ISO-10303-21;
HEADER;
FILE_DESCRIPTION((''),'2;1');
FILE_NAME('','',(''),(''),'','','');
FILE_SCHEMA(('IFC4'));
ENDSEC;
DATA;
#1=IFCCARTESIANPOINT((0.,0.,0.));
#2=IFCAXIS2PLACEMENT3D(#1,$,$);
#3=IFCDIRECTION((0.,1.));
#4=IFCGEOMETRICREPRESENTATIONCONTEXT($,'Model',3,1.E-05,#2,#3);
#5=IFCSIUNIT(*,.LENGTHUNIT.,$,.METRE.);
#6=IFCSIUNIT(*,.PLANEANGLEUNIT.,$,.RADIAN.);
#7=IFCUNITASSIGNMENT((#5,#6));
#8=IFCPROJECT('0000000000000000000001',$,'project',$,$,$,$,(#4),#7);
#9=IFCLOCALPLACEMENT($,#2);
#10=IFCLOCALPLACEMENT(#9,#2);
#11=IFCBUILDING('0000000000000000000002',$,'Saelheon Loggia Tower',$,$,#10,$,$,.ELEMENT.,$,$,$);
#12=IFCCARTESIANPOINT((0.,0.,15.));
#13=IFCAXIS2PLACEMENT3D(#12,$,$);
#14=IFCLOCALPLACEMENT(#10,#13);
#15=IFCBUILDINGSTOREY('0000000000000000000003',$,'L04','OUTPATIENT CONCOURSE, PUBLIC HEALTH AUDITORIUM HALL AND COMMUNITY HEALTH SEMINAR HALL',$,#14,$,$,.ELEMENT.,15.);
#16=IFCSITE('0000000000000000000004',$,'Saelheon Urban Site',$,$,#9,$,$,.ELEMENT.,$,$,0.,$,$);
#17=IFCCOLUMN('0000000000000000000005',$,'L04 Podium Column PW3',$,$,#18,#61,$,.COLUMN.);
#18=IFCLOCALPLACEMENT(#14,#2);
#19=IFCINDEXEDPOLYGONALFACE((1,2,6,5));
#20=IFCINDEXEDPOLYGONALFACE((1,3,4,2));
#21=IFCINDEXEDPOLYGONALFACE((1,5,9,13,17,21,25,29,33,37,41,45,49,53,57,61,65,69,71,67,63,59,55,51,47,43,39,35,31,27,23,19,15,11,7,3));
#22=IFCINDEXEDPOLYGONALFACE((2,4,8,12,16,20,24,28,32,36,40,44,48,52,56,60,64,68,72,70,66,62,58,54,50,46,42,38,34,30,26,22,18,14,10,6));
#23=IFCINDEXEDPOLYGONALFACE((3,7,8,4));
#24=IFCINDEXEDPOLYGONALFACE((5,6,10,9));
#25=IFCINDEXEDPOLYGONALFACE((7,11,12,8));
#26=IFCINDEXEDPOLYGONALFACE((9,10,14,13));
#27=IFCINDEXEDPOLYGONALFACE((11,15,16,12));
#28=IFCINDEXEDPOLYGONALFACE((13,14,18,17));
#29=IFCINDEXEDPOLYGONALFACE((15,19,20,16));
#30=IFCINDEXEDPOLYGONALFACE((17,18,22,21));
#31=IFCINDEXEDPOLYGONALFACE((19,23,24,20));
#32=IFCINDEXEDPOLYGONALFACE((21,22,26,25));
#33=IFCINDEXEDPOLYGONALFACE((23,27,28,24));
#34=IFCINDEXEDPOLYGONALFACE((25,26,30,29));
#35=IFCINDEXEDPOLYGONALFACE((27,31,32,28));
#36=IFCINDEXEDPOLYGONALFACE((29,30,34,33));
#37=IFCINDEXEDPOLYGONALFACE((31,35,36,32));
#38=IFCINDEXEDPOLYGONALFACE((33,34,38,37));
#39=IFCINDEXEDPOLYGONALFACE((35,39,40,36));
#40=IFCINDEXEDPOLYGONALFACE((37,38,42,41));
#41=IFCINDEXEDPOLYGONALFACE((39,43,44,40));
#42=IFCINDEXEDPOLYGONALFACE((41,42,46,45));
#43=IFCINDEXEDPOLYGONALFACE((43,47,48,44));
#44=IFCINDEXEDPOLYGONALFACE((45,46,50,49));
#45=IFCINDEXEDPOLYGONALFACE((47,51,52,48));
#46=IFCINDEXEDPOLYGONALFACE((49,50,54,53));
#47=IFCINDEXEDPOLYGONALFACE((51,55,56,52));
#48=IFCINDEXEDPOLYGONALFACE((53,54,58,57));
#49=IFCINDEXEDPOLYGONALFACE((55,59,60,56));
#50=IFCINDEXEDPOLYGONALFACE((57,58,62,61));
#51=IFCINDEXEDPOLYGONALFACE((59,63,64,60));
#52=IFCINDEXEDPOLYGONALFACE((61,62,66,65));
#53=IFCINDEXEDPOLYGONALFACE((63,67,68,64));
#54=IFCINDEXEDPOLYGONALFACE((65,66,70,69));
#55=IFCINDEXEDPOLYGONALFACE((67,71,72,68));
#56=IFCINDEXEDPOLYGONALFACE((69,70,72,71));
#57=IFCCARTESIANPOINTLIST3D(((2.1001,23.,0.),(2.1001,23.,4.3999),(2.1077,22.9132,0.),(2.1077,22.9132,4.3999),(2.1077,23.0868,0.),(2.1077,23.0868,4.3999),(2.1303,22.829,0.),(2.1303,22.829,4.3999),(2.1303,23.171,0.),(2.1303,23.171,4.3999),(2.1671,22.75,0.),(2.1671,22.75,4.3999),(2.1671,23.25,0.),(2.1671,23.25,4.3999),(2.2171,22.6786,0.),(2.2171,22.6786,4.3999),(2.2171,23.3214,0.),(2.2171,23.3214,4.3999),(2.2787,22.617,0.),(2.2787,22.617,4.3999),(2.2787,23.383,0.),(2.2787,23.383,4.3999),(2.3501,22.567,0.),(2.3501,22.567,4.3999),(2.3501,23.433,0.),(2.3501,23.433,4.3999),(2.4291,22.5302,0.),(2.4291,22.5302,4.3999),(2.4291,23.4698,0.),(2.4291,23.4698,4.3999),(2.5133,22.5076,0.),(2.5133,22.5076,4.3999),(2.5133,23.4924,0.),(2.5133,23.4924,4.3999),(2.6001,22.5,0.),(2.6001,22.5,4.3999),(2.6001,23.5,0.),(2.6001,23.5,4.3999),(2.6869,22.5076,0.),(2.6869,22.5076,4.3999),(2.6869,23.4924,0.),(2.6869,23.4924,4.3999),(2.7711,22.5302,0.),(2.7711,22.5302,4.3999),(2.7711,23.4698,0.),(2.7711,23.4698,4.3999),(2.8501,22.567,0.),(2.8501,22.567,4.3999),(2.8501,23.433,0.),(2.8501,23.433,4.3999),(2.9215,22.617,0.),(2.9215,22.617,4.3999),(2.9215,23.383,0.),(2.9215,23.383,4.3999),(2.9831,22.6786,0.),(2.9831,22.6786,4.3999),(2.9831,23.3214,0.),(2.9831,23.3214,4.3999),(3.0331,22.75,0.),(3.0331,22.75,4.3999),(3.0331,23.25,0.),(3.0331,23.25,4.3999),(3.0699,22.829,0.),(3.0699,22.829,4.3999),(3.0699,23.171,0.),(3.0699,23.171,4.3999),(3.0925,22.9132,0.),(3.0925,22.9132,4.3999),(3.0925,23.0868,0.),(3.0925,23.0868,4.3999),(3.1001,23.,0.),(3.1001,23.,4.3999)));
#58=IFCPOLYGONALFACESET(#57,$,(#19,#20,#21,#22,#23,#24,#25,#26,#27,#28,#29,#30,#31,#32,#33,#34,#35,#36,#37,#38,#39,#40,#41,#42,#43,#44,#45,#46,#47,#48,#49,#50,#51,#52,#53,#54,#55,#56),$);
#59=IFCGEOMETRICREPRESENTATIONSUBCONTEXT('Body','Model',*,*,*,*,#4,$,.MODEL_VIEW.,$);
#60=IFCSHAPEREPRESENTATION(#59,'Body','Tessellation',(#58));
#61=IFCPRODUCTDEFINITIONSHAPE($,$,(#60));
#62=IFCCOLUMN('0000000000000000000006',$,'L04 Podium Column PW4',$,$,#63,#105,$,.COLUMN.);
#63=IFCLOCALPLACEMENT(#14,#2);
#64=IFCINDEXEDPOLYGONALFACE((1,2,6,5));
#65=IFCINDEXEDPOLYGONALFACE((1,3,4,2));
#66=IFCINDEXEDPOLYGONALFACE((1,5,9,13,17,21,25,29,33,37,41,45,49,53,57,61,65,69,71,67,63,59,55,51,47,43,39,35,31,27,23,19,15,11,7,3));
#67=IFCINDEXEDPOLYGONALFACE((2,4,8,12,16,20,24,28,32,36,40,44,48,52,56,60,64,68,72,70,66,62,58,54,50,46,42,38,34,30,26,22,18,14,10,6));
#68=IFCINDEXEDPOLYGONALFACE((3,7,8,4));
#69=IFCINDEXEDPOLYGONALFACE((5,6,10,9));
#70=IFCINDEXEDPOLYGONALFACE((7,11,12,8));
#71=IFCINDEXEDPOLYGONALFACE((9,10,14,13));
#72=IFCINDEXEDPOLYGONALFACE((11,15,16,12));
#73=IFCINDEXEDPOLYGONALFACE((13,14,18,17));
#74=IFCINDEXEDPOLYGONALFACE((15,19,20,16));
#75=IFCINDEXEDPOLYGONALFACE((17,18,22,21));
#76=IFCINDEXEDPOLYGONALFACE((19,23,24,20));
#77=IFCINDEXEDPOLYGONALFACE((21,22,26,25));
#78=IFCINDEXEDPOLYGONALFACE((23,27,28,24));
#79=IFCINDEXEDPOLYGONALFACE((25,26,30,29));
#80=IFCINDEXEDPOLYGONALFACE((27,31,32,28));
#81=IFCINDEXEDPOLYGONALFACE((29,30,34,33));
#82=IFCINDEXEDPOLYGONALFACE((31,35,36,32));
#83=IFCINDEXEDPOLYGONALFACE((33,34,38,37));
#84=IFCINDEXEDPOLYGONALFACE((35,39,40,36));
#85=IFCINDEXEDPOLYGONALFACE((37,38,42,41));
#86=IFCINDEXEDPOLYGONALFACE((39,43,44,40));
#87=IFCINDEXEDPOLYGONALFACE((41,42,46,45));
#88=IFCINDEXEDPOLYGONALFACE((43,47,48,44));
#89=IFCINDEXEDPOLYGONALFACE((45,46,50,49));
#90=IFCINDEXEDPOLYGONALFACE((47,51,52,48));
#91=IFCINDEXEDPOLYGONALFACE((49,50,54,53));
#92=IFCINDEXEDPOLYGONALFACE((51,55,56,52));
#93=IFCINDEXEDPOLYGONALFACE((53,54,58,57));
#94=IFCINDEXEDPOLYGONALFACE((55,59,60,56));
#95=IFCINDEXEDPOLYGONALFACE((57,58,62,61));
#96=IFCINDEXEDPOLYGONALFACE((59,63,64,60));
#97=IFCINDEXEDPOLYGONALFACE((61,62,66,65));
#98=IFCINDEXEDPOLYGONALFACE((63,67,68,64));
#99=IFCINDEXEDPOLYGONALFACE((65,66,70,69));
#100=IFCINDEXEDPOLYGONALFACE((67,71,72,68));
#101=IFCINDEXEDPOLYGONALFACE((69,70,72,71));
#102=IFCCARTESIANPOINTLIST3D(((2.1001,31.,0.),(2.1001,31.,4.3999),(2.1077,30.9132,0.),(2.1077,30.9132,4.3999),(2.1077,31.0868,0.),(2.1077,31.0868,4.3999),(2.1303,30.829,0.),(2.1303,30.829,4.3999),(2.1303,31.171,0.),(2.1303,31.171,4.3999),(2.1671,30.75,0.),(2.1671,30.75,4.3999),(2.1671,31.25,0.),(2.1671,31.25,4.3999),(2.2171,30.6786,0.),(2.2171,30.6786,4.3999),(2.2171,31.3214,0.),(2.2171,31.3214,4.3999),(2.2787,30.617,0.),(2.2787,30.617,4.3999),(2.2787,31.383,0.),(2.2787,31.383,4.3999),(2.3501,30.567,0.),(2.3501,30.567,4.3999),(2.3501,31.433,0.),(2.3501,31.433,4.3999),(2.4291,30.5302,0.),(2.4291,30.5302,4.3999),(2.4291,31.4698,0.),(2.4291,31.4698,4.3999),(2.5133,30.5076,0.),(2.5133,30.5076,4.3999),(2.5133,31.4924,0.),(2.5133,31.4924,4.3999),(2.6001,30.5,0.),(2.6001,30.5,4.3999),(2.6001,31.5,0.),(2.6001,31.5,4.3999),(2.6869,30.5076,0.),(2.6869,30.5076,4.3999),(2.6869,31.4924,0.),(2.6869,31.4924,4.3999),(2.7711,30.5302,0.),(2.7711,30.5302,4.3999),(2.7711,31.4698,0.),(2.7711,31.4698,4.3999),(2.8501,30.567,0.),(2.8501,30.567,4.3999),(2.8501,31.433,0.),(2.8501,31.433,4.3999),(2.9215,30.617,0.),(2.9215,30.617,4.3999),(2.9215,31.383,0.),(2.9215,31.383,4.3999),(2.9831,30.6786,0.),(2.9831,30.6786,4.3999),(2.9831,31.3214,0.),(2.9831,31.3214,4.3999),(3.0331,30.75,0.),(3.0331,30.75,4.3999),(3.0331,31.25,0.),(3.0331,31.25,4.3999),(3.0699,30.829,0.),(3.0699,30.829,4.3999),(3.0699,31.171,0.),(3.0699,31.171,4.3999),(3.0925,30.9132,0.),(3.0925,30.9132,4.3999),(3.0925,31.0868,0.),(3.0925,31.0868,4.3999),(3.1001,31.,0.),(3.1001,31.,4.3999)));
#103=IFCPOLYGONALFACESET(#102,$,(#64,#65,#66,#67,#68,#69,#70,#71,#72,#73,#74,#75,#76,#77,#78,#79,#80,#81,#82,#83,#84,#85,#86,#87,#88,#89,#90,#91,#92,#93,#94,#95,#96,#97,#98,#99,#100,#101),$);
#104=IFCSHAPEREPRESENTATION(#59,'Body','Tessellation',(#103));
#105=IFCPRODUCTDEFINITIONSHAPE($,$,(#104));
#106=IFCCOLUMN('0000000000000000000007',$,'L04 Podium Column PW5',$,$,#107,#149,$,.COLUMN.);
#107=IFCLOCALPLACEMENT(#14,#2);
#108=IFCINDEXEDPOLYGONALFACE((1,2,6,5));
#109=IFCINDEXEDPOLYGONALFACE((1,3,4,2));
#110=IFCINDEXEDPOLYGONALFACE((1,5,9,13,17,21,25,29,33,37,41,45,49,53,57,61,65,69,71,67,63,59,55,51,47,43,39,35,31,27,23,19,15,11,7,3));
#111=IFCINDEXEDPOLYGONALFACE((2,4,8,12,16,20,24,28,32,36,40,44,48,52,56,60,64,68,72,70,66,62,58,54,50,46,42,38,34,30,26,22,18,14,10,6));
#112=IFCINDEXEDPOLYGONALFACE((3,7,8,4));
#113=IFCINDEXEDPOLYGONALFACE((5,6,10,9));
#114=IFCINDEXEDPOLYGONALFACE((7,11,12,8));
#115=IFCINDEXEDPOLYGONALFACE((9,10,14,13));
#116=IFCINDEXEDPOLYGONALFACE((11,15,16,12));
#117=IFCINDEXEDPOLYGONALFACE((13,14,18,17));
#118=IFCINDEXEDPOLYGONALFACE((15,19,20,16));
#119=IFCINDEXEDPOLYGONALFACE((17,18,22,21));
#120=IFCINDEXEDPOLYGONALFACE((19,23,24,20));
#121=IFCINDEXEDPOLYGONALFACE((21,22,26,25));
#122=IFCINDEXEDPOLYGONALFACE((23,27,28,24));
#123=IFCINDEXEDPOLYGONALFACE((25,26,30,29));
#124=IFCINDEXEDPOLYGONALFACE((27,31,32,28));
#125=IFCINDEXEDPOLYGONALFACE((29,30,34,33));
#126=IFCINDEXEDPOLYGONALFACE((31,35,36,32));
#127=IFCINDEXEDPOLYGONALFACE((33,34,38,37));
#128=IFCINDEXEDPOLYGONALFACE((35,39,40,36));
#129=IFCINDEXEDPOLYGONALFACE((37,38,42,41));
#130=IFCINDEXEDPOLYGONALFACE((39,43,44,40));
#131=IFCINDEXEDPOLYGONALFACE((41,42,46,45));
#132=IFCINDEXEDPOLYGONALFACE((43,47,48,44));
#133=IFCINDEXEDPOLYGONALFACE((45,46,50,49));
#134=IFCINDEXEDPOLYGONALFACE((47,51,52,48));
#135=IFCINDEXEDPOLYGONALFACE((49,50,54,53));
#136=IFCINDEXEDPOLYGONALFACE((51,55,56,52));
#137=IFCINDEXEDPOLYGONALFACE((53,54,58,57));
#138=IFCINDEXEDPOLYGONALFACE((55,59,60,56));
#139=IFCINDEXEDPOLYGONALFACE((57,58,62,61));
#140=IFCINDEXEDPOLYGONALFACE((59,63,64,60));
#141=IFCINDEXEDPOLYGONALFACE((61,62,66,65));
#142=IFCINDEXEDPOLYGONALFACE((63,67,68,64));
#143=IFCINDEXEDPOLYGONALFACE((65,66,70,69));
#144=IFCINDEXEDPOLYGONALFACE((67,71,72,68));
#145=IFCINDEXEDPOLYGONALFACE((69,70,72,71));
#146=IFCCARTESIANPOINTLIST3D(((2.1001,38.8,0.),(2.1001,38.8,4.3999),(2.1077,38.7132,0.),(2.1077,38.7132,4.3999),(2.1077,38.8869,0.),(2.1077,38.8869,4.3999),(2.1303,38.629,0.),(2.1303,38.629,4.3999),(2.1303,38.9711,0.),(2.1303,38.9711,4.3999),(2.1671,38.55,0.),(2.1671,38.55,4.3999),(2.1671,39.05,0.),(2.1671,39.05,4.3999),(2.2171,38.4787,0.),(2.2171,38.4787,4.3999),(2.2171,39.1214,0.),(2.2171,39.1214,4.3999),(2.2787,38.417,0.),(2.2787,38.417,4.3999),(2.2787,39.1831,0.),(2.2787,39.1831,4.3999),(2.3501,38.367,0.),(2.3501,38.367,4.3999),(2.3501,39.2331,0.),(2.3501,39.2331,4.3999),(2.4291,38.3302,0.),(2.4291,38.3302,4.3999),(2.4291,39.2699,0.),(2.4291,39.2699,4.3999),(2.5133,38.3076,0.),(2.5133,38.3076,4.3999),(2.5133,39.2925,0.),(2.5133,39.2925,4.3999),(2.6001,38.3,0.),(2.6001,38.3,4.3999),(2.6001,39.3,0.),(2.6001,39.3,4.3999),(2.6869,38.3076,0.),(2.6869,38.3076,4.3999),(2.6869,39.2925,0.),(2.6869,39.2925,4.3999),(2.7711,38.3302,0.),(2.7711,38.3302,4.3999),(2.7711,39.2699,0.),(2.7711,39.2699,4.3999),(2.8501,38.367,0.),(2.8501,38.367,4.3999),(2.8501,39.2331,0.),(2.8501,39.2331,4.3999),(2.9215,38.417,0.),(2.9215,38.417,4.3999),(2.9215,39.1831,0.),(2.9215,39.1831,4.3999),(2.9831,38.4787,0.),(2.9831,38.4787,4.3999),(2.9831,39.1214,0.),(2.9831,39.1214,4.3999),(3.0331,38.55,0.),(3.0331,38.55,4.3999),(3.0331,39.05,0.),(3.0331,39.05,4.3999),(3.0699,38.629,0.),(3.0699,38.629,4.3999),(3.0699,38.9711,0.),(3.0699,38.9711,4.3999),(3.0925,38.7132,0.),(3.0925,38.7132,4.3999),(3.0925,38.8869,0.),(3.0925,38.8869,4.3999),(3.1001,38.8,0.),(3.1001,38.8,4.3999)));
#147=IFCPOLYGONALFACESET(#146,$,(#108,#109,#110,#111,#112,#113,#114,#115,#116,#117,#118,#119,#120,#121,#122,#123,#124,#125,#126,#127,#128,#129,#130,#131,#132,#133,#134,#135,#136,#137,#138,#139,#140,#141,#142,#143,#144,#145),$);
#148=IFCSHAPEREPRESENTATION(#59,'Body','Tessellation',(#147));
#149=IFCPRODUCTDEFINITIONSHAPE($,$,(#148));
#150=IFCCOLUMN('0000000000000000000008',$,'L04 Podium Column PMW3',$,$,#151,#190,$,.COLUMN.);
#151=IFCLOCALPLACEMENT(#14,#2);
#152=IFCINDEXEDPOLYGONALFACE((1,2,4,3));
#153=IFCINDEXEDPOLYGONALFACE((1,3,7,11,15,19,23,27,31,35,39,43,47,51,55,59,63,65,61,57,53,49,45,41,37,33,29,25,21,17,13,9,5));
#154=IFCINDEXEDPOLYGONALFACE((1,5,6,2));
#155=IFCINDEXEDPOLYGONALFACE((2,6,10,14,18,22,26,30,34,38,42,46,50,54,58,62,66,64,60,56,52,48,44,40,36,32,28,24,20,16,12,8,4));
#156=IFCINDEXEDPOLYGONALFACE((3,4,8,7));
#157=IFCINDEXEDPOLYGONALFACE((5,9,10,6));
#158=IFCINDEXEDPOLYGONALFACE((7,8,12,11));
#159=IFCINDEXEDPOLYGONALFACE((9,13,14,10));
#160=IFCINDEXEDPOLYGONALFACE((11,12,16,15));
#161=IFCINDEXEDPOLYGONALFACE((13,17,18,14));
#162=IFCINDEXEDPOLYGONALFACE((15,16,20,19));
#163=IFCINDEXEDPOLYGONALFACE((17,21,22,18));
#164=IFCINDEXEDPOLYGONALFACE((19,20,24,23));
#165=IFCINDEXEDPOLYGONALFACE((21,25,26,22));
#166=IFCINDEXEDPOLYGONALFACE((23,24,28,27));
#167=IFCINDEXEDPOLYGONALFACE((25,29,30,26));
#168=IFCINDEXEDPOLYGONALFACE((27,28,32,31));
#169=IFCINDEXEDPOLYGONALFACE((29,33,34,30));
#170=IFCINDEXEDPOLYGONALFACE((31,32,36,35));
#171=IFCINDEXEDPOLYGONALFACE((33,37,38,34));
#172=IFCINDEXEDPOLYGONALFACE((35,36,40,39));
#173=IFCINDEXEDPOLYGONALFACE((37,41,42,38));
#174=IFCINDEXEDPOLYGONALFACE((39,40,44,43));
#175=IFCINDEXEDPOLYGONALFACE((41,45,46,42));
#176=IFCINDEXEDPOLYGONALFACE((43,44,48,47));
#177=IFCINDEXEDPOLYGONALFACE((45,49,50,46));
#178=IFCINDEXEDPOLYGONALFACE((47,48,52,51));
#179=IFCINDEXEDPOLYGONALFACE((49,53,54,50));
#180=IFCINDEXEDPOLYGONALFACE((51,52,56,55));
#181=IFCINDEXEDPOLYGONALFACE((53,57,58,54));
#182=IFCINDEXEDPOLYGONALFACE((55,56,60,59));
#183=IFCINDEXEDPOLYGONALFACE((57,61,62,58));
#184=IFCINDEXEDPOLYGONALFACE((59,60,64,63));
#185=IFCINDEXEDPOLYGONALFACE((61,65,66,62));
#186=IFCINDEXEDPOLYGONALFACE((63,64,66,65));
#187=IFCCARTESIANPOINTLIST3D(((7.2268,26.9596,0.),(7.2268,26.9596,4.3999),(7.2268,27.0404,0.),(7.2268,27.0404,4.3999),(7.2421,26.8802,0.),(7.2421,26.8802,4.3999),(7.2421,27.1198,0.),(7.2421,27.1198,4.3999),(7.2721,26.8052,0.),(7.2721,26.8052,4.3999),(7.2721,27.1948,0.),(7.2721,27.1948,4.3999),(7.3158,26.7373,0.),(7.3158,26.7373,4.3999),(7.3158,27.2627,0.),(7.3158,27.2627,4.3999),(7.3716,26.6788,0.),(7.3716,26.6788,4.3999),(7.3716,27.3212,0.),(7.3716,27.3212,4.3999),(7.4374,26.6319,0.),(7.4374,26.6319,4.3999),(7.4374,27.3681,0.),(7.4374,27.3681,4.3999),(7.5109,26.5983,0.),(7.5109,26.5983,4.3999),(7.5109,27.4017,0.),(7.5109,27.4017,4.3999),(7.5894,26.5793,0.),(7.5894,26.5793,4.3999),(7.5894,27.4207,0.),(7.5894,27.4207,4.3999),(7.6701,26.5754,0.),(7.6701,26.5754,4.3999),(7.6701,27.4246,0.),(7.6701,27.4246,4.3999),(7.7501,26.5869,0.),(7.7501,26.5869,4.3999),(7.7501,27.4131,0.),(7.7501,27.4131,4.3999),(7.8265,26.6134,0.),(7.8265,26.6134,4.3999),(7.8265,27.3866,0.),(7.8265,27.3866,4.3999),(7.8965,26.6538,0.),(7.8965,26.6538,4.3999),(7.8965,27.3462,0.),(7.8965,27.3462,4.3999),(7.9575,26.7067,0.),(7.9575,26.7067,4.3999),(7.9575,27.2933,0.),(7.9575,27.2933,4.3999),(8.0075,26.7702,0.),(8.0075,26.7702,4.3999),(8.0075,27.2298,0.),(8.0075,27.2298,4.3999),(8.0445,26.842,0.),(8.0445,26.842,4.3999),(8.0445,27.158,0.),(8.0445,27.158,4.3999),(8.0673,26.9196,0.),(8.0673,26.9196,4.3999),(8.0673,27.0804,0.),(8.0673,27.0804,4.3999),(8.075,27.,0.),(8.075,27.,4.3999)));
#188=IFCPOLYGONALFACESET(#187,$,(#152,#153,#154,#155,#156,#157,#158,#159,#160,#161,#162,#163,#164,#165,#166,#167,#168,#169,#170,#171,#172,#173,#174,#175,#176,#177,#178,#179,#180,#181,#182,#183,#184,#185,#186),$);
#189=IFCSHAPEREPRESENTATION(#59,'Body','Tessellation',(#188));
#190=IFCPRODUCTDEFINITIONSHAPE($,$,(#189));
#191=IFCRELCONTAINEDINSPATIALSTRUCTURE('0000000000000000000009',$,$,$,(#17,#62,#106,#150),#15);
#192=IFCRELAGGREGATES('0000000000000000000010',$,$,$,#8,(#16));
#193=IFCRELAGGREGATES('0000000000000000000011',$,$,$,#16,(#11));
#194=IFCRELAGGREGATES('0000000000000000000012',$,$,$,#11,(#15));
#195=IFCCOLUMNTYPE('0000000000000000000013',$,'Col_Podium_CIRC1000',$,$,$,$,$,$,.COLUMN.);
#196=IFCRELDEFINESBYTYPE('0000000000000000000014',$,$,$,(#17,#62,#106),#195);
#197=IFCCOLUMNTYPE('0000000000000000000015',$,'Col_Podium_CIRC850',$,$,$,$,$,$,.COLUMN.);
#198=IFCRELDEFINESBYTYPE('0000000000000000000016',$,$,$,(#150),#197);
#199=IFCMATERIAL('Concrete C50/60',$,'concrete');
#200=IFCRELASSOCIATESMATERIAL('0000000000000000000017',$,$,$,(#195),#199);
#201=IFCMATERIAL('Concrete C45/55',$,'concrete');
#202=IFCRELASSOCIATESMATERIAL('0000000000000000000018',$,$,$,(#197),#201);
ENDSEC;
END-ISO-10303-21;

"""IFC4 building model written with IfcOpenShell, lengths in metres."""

from ifc_helpers import new_model, si_unit, direction, frame, origin, origin_2d, place, context, subcontext, project, spatial, circle, extrude, source, transform, mapped, material, material_profile, profile_set, type_object, element, save


model = new_model("IFC4")

# Units and contexts
model_context = context("Model", 3, precision=1e-05, world=origin(), true_north=direction((0.0, 1.0)))
body_context = subcontext(model_context, "Body", "Model", "MODEL_VIEW")
ifc_project = project(units=[si_unit("LENGTHUNIT", "METRE"), si_unit("PLANEANGLEUNIT", "RADIAN")], contexts=[model_context])

# Site, building, storey
site_placement = place(None, origin())
site = spatial("IfcSite", under=ifc_project, at=site_placement, Name="Saelheon Urban Site", CompositionType="ELEMENT", RefElevation=0.0)
building_placement = place(site_placement, origin())
building = spatial("IfcBuilding", under=site, at=building_placement, Name="Saelheon Loggia Tower", CompositionType="ELEMENT")
storey_placement = place(building_placement, frame((0.0, 0.0, 15.0)))
storey = spatial("IfcBuildingStorey", under=building, at=storey_placement, Name="L04", Description="OUTPATIENT CONCOURSE, PUBLIC HEALTH AUDITORIUM HALL AND COMMUNITY HEALTH SEMINAR HALL", CompositionType="ELEMENT", Elevation=15.0)

# Columns
ifc_material_1 = material(Name="Concrete C50/60", Category="concrete")
ifc_material_profile_1 = material_profile(ifc_material_1, circle(Radius=0.5, at=origin_2d()), Name="CIRC-1000")
ifc_profile_set_1 = profile_set([ifc_material_profile_1], Name="Concrete C50/60")
column_type_1 = type_object("IfcColumnType", Name="Col_Podium_CIRC1000", PredefinedType="COLUMN", material=ifc_profile_set_1)
shared_shape_1 = source(origin(), body_context, "Body", "SweptSolid", [
    extrude(circle(Radius=0.5, at=origin_2d()), origin(), (0.0, 0.0, 1.0), 4.3999),
])
for number, where, z_axis, x_axis, name in (
    (1, (2.6001, 23.0, 0.0), (0.0, 0.0, 1.0), (1.0, 0.0, 0.0), "L04 Podium Column PW3"),
    (2, (2.6001, 31.0, 0.0), (0.0, 0.0, 1.0), (1.0, 0.0, 0.0), "L04 Podium Column PW4"),
    (3, (2.6001, 38.8, 0.0), (0.0, 0.0, 1.0), (1.0, 0.0, 0.0), "L04 Podium Column PW5"),
):
    element("IfcColumn", number, at=place(storey_placement, frame(where, z_axis=z_axis, x_axis=x_axis)), inside=storey, type_object=column_type_1, Name=name, PredefinedType="COLUMN", context=body_context, shape_type="MappedRepresentation", body=[
        mapped(shared_shape_1, transform((0.0, 0.0, 0.0), scale=1.0)),
    ])
ifc_material_2 = material(Name="Concrete C45/55", Category="concrete")
ifc_material_profile_2 = material_profile(ifc_material_2, circle(Radius=0.425, at=origin_2d()), Name="CIRC-850")
ifc_profile_set_2 = profile_set([ifc_material_profile_2], Name="Concrete C45/55")
column_type_2 = type_object("IfcColumnType", Name="Col_Podium_CIRC850", PredefinedType="COLUMN", material=ifc_profile_set_2)
shared_shape_2 = source(origin(), body_context, "Body", "SweptSolid", [
    extrude(circle(Radius=0.425, at=origin_2d()), origin(), (0.0, 0.0, 1.0), 4.3999),
])
for number, where, z_axis, x_axis, name in (
    (4, (7.6499, 27.0, 0.0), (0.0, 0.0, 1.0), (1.0, 0.0, 0.0), "L04 Podium Column PMW3"),
):
    element("IfcColumn", number, at=place(storey_placement, frame(where, z_axis=z_axis, x_axis=x_axis)), inside=storey, type_object=column_type_2, Name=name, PredefinedType="COLUMN", context=body_context, shape_type="MappedRepresentation", body=[
        mapped(shared_shape_2, transform((0.0, 0.0, 0.0), scale=1.0)),
    ])

save(model, "model.ifc")
